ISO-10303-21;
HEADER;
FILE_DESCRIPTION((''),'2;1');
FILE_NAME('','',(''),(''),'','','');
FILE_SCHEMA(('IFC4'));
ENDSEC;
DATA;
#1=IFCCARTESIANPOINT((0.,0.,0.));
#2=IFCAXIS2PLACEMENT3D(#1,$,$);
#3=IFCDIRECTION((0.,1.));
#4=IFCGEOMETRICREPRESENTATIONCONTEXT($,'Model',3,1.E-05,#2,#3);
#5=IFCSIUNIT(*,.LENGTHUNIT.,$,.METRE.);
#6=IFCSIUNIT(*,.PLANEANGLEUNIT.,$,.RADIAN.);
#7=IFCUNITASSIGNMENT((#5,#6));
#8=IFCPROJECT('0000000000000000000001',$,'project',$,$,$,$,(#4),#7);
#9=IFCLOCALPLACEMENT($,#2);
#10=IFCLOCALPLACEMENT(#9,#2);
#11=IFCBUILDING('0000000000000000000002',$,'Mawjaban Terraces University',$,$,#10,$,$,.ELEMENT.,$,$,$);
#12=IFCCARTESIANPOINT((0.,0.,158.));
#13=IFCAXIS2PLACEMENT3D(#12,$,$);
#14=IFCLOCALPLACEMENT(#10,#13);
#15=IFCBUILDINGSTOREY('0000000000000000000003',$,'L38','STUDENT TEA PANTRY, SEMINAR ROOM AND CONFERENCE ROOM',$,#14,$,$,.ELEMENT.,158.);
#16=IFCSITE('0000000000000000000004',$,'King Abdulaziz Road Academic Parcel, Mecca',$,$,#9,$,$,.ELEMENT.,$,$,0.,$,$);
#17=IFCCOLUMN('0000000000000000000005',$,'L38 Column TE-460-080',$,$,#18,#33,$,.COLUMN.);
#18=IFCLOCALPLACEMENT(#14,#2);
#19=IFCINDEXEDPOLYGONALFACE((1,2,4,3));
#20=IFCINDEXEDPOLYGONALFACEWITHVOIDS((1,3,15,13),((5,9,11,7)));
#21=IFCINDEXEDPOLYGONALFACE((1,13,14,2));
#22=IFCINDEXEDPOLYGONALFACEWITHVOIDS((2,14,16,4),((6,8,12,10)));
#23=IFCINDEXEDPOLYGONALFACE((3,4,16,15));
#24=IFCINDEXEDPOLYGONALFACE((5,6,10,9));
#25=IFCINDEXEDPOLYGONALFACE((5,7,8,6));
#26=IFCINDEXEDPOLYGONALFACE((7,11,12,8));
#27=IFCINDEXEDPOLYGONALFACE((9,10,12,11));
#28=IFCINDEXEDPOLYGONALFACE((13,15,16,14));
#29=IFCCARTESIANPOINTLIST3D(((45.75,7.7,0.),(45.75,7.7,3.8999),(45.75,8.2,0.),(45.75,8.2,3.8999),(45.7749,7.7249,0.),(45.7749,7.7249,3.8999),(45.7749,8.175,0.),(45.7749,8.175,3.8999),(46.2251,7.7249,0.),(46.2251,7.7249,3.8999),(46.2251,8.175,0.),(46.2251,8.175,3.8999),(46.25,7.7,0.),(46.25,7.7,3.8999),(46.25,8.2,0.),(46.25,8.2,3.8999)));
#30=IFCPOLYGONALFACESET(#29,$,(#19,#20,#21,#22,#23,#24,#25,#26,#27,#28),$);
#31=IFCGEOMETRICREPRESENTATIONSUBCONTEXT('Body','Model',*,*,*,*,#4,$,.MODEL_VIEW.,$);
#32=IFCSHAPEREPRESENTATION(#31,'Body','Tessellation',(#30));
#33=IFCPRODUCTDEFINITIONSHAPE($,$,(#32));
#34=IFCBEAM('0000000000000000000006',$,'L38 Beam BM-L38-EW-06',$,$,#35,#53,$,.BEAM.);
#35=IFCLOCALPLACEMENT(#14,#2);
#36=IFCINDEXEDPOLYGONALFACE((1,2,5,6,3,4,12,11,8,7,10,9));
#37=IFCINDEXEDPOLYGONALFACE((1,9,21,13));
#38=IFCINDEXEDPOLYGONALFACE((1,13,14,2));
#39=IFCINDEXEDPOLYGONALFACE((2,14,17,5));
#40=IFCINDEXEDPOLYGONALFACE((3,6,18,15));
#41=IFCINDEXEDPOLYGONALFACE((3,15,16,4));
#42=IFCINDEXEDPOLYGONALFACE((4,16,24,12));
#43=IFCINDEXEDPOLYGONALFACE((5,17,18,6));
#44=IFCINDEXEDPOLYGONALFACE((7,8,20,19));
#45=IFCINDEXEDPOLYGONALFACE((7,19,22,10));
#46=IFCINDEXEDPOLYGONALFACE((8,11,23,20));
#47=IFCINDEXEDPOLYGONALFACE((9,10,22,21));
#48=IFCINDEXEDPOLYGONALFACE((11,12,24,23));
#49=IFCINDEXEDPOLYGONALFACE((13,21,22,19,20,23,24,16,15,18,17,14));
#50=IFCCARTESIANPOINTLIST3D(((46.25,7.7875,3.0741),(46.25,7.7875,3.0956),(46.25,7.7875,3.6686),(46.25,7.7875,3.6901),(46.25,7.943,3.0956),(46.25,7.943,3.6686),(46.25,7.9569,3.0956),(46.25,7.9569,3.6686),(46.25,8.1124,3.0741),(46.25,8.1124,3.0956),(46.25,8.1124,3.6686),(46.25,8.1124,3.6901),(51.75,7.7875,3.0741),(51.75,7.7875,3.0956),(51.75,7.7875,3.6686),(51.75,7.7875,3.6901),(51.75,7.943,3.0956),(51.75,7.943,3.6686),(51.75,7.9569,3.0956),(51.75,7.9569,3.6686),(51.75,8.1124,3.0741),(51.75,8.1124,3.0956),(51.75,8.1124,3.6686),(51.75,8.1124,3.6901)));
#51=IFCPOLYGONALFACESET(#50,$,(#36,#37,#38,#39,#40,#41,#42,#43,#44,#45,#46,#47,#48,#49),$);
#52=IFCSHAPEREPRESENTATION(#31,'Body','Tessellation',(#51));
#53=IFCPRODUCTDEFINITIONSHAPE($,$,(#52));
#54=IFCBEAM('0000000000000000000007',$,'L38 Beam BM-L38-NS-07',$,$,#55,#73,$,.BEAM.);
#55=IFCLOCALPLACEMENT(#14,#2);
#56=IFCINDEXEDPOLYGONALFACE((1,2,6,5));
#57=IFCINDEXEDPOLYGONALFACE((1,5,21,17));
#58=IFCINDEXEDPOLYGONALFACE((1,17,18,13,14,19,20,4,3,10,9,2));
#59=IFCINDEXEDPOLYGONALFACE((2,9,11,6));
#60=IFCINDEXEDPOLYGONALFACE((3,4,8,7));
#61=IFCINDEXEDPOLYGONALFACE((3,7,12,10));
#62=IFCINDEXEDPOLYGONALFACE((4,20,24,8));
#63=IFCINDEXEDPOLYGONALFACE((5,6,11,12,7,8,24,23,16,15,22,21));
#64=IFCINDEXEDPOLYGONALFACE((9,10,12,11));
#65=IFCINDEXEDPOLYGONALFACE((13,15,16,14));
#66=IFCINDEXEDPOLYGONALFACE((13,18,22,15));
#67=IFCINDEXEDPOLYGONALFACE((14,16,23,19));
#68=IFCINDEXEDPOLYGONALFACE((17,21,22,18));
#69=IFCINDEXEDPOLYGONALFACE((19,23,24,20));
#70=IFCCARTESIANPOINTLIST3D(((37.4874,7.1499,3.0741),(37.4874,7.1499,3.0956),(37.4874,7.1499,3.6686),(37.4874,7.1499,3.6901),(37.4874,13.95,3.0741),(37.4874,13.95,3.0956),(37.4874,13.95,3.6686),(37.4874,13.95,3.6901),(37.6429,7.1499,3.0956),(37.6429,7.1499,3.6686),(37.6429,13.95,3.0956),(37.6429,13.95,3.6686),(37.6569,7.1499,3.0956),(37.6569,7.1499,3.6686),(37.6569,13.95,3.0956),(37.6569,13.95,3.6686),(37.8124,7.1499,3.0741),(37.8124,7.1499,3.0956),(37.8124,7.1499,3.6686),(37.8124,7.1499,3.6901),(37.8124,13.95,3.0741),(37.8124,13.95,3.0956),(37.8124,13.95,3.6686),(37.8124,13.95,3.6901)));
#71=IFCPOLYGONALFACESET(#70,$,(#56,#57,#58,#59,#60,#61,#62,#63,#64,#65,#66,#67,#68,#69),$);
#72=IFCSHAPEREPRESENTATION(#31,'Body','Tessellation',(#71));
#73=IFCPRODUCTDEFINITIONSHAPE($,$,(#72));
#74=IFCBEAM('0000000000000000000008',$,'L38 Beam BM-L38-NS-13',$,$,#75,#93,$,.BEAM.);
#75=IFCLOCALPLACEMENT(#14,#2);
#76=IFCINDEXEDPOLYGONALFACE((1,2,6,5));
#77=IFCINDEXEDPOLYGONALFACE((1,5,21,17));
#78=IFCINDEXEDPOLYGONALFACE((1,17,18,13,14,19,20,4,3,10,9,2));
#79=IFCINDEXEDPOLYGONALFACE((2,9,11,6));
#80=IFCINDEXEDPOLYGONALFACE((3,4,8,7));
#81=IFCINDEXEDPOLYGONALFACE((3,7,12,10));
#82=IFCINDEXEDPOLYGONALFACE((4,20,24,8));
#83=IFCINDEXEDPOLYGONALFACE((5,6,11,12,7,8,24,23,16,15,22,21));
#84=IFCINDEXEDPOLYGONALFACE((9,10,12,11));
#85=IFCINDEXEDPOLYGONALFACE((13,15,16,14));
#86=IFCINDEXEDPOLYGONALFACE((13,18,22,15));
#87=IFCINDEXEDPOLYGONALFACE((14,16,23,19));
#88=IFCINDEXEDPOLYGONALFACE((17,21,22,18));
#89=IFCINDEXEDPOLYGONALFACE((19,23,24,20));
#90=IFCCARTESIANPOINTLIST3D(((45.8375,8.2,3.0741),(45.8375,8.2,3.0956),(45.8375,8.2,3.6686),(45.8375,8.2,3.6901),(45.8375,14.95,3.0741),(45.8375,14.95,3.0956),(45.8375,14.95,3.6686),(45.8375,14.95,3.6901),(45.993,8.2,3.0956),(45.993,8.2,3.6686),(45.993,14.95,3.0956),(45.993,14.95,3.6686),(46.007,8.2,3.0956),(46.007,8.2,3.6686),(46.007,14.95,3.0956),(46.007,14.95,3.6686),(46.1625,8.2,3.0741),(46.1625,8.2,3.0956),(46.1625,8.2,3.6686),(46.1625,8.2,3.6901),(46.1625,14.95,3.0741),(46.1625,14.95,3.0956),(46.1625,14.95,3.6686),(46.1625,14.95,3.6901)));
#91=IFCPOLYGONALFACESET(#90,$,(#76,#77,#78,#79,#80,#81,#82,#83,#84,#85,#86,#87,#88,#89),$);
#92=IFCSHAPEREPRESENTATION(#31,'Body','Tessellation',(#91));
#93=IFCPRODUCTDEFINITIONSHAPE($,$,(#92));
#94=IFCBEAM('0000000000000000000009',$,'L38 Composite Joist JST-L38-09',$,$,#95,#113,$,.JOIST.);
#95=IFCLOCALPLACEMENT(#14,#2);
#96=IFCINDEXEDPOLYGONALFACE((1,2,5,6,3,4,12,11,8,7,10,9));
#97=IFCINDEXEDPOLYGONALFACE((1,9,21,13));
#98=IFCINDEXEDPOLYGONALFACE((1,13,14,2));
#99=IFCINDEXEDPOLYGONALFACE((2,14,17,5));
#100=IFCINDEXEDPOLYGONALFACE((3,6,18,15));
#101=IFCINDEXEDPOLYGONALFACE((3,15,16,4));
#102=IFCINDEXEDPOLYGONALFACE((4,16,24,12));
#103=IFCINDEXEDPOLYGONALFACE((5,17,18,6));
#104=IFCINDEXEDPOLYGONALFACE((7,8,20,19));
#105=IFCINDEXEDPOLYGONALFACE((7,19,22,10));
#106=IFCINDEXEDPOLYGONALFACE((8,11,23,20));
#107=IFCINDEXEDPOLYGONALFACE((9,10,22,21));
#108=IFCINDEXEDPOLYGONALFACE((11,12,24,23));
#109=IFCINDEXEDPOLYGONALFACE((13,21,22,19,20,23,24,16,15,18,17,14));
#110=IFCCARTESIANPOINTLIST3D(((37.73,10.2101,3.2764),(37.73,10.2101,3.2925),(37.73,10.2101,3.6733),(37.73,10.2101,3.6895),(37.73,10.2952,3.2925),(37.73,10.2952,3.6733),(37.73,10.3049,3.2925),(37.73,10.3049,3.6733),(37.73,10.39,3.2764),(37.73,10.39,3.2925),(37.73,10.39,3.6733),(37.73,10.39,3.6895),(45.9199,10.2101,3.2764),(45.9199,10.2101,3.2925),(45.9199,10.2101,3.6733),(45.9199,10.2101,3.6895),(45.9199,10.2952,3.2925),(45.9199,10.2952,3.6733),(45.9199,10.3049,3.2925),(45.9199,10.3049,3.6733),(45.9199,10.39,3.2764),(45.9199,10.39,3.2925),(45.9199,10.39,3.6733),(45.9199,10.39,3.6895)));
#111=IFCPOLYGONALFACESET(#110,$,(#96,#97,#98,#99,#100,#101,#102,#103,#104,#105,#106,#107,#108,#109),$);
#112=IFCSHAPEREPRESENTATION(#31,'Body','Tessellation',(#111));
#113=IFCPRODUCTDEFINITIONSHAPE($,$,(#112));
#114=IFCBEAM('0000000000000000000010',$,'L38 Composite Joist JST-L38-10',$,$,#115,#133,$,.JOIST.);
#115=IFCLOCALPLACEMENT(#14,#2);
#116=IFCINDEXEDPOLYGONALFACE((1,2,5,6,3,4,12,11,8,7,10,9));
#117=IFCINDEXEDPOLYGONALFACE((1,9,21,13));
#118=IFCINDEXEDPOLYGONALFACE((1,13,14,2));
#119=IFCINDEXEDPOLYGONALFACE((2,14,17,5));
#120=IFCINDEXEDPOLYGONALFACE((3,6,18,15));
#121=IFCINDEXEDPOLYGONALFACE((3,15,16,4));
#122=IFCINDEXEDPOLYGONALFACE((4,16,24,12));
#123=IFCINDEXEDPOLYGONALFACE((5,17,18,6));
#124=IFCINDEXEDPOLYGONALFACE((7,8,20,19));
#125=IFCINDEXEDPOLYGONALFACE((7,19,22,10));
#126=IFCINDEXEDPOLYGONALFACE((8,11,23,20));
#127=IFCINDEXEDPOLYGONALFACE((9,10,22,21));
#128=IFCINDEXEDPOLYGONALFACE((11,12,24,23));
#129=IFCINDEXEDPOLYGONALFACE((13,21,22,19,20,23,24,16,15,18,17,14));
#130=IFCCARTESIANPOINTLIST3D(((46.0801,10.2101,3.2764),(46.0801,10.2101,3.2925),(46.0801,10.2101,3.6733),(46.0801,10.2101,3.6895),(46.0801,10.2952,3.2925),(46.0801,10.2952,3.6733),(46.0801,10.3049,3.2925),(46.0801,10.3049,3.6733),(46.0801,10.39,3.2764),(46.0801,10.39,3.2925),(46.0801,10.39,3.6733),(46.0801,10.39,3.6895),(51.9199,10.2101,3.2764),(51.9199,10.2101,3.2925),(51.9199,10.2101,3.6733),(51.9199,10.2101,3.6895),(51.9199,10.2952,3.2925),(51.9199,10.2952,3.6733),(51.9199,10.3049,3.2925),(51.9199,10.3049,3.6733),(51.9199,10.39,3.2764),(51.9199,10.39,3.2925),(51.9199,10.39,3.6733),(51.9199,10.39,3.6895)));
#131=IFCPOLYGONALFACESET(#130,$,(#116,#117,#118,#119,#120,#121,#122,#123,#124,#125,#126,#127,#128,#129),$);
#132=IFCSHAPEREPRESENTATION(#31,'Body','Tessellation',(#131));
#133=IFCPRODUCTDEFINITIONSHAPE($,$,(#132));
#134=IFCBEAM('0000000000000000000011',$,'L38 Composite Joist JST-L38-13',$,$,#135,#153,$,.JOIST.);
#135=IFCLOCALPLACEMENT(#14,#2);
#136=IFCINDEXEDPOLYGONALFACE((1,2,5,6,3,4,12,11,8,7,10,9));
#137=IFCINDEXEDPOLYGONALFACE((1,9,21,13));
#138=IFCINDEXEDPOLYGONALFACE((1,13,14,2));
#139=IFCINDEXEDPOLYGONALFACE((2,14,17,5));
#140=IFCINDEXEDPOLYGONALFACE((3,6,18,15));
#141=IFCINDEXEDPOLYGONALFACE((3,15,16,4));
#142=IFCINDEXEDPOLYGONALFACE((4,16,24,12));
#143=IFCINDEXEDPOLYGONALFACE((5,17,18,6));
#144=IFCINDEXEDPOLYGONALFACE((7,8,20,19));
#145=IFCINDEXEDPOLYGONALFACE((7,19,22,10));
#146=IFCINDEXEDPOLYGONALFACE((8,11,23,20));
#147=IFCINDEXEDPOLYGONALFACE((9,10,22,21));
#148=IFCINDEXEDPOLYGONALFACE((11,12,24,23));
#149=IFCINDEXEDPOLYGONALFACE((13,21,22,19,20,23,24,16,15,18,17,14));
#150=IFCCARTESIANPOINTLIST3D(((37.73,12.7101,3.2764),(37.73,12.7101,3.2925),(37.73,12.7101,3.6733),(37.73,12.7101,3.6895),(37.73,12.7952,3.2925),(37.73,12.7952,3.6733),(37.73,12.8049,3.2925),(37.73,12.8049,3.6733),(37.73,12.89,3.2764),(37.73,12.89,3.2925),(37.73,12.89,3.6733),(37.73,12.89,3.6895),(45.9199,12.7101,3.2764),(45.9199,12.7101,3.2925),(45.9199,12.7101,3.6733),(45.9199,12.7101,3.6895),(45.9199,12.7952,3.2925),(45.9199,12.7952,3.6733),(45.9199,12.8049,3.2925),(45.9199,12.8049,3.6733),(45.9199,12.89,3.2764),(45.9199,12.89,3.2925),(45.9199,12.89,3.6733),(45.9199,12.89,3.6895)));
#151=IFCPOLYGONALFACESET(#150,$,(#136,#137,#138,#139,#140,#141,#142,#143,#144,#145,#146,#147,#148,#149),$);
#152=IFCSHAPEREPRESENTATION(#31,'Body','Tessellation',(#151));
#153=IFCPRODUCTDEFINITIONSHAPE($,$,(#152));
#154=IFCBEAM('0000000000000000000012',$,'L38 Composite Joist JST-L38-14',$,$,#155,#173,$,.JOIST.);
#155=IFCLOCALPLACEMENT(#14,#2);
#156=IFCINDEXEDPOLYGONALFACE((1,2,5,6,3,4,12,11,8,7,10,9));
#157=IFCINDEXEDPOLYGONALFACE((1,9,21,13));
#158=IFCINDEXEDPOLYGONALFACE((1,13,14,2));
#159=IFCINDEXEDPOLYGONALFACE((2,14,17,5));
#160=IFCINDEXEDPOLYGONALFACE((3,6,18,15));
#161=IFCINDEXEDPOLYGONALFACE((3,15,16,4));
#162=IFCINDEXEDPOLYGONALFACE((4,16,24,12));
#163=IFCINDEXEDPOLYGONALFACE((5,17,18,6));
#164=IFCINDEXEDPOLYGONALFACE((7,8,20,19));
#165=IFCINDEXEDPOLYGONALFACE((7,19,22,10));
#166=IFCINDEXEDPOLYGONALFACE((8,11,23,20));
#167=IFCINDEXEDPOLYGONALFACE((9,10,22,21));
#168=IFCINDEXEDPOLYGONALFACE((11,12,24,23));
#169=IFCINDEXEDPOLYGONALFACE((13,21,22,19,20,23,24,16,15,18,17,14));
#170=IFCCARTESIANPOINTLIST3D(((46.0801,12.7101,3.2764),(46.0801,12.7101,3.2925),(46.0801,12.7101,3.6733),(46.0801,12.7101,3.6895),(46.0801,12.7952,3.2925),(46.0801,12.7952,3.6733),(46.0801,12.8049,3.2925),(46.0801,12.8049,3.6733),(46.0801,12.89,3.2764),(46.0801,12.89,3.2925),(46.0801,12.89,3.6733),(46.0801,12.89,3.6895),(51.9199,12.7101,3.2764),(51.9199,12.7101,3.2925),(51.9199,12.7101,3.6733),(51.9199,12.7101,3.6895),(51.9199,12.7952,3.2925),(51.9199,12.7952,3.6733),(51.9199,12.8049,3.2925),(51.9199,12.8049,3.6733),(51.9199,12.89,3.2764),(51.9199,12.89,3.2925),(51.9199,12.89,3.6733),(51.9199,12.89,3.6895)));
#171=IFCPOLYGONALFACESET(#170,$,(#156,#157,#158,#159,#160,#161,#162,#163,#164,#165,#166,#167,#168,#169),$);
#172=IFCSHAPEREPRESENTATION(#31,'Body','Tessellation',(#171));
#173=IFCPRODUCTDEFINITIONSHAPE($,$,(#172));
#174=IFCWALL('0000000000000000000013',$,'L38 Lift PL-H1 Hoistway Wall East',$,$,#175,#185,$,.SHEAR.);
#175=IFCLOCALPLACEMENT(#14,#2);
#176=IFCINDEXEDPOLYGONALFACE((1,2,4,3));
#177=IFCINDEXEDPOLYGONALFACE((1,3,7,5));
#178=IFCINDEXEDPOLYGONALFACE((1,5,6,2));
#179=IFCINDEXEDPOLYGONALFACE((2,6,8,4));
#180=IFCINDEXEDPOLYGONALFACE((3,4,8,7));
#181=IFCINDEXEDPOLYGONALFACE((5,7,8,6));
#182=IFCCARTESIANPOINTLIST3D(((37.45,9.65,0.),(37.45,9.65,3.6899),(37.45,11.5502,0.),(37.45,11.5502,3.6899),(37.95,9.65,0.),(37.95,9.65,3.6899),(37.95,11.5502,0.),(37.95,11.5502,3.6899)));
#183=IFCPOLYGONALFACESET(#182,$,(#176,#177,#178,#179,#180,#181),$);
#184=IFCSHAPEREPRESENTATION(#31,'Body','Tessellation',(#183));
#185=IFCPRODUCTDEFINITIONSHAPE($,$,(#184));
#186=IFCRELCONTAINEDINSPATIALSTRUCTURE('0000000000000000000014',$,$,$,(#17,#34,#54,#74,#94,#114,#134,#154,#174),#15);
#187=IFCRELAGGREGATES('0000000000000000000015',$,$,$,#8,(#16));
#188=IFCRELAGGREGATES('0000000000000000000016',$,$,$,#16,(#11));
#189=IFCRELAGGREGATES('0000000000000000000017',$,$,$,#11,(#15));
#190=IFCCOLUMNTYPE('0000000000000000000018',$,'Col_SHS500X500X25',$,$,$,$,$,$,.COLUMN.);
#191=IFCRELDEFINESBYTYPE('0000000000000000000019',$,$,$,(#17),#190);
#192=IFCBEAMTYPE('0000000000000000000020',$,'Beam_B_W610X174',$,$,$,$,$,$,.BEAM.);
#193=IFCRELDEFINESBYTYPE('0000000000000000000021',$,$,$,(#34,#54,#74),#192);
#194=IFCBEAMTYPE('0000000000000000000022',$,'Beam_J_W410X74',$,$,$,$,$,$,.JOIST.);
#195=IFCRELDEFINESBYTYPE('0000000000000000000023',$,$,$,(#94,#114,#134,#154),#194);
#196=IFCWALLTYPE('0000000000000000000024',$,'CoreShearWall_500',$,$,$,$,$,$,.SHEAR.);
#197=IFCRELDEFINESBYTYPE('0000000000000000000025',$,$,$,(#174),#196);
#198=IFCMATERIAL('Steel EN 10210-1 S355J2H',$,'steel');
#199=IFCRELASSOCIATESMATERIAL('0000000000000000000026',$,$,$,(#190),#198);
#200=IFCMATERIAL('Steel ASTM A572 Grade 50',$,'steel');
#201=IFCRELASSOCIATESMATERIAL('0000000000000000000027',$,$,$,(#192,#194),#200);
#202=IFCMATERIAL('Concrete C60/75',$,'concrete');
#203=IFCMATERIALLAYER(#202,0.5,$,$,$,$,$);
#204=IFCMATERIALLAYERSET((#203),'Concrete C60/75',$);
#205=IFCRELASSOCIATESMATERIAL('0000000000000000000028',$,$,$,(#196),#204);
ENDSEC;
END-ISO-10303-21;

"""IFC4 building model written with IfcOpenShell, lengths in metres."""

from ifc_helpers import new_model, si_unit, direction, frame, frame_2d, origin, origin_2d, place, context, subcontext, project, spatial, rectangle, hollow_rectangle, i_section, extrude, material, layer, layer_set, material_profile, profile_set, type_object, element, save


model = new_model("IFC4")

# Units and contexts
model_context = context("Model", 3, precision=1e-05, world=origin(), true_north=direction((0.0, 1.0)))
body_context = subcontext(model_context, "Body", "Model", "MODEL_VIEW")
ifc_project = project(units=[si_unit("LENGTHUNIT", "METRE"), si_unit("PLANEANGLEUNIT", "RADIAN")], contexts=[model_context])

# Site, building, storey
site_placement = place(None, origin())
site = spatial("IfcSite", under=ifc_project, at=site_placement, Name="King Abdulaziz Road Academic Parcel, Mecca", CompositionType="ELEMENT", RefElevation=0.0)
building_placement = place(site_placement, origin())
building = spatial("IfcBuilding", under=site, at=building_placement, Name="Mawjaban Terraces University", CompositionType="ELEMENT")
storey_placement = place(building_placement, frame((0.0, 0.0, 158.0)))
storey = spatial("IfcBuildingStorey", under=building, at=storey_placement, Name="L38", Description="STUDENT TEA PANTRY, SEMINAR ROOM AND CONFERENCE ROOM", CompositionType="ELEMENT", Elevation=158.0)

# Column
ifc_material_1 = material(Name="Steel EN 10210-1 S355J2H", Category="steel")
ifc_material_profile_1 = material_profile(ifc_material_1, hollow_rectangle(XDim=0.5, YDim=0.5, WallThickness=0.0249, at=origin_2d()), Name="SHS500X500X25")
ifc_profile_set_1 = profile_set([ifc_material_profile_1], Name="Steel EN 10210-1 S355J2H")
column_type = type_object("IfcColumnType", Name="Col_SHS500X500X25", PredefinedType="COLUMN", material=ifc_profile_set_1)
column_placement = place(storey_placement, frame((46.0, 7.95, 0.0), z_axis=(0.0, 0.0, 1.0), x_axis=(1.0, 0.0, 0.0)))
element("IfcColumn", 1, at=column_placement, inside=storey, type_object=column_type, Name="L38 Column TE-460-080", PredefinedType="COLUMN", context=body_context, shape_type="SweptSolid", body=[
    extrude(hollow_rectangle(XDim=0.5, YDim=0.5, WallThickness=0.0249, at=origin_2d()), origin(), (0.0, 0.0, 1.0), 3.8999),
])

# Beams
ifc_material_2 = material(Name="Steel ASTM A572 Grade 50", Category="steel")
ifc_material_profile_2 = material_profile(ifc_material_2, i_section(OverallWidth=0.325, OverallDepth=0.616, WebThickness=0.0139, FlangeThickness=0.0215, at=origin_2d()), Name="W610X174")
ifc_profile_set_2 = profile_set([ifc_material_profile_2], Name="Steel ASTM A572 Grade 50")
beam_type_1 = type_object("IfcBeamType", Name="Beam_B_W610X174", PredefinedType="BEAM", material=ifc_profile_set_2)
beam_1_placement = place(storey_placement, frame((46.25, 7.95, 3.3821), z_axis=(1.0, 0.0, 0.0), x_axis=(0.0, 1.0, 0.0)))
element("IfcBeam", 2, at=beam_1_placement, inside=storey, type_object=beam_type_1, Name="L38 Beam BM-L38-EW-06", PredefinedType="BEAM", context=body_context, shape_type="SweptSolid", body=[
    extrude(i_section(OverallWidth=0.325, OverallDepth=0.616, WebThickness=0.0139, FlangeThickness=0.0215, at=origin_2d()), origin(), (0.0, 0.0, 1.0), 5.5),
])
beam_2_placement = place(storey_placement, frame((37.6499, 7.1499, 3.3821), z_axis=(0.0, 1.0, 0.0), x_axis=(-1.0, 0.0, 0.0)))
element("IfcBeam", 3, at=beam_2_placement, inside=storey, type_object=beam_type_1, Name="L38 Beam BM-L38-NS-07", PredefinedType="BEAM", context=body_context, shape_type="SweptSolid", body=[
    extrude(i_section(OverallWidth=0.325, OverallDepth=0.616, WebThickness=0.0139, FlangeThickness=0.0215, at=origin_2d()), origin(), (0.0, 0.0, 1.0), 6.8),
])
beam_3_placement = place(storey_placement, frame((46.0, 8.2, 3.3821), z_axis=(0.0, 1.0, 0.0), x_axis=(-1.0, 0.0, 0.0)))
element("IfcBeam", 4, at=beam_3_placement, inside=storey, type_object=beam_type_1, Name="L38 Beam BM-L38-NS-13", PredefinedType="BEAM", context=body_context, shape_type="SweptSolid", body=[
    extrude(i_section(OverallWidth=0.325, OverallDepth=0.616, WebThickness=0.0139, FlangeThickness=0.0215, at=origin_2d()), origin(), (0.0, 0.0, 1.0), 6.75),
])
ifc_material_profile_3 = material_profile(ifc_material_2, i_section(OverallWidth=0.1799, OverallDepth=0.4131, WebThickness=0.0098, FlangeThickness=0.0161, at=origin_2d()), Name="W410X74")
ifc_profile_set_3 = profile_set([ifc_material_profile_3], Name="Steel ASTM A572 Grade 50")
beam_type_2 = type_object("IfcBeamType", Name="Beam_J_W410X74", PredefinedType="JOIST", material=ifc_profile_set_3)
beam_4_placement = place(storey_placement, frame((37.73, 10.3, 3.4829), z_axis=(1.0, 0.0, 0.0), x_axis=(0.0, 1.0, 0.0)))
element("IfcBeam", 5, at=beam_4_placement, inside=storey, type_object=beam_type_2, Name="L38 Composite Joist JST-L38-09", PredefinedType="JOIST", context=body_context, shape_type="SweptSolid", body=[
    extrude(i_section(OverallWidth=0.1799, OverallDepth=0.4131, WebThickness=0.0098, FlangeThickness=0.0161, at=origin_2d()), origin(), (0.0, 0.0, 1.0), 8.1899),
])
beam_5_placement = place(storey_placement, frame((46.0801, 10.3, 3.4829), z_axis=(1.0, 0.0, 0.0), x_axis=(0.0, 1.0, 0.0)))
element("IfcBeam", 6, at=beam_5_placement, inside=storey, type_object=beam_type_2, Name="L38 Composite Joist JST-L38-10", PredefinedType="JOIST", context=body_context, shape_type="SweptSolid", body=[
    extrude(i_section(OverallWidth=0.1799, OverallDepth=0.4131, WebThickness=0.0098, FlangeThickness=0.0161, at=origin_2d()), origin(), (0.0, 0.0, 1.0), 5.8398),
])
beam_6_placement = place(storey_placement, frame((37.73, 12.8, 3.4829), z_axis=(1.0, 0.0, 0.0), x_axis=(0.0, 1.0, 0.0)))
element("IfcBeam", 7, at=beam_6_placement, inside=storey, type_object=beam_type_2, Name="L38 Composite Joist JST-L38-13", PredefinedType="JOIST", context=body_context, shape_type="SweptSolid", body=[
    extrude(i_section(OverallWidth=0.1799, OverallDepth=0.4131, WebThickness=0.0098, FlangeThickness=0.0161, at=origin_2d()), origin(), (0.0, 0.0, 1.0), 8.1899),
])
beam_7_placement = place(storey_placement, frame((46.0801, 12.8, 3.4829), z_axis=(1.0, 0.0, 0.0), x_axis=(0.0, 1.0, 0.0)))
element("IfcBeam", 8, at=beam_7_placement, inside=storey, type_object=beam_type_2, Name="L38 Composite Joist JST-L38-14", PredefinedType="JOIST", context=body_context, shape_type="SweptSolid", body=[
    extrude(i_section(OverallWidth=0.1799, OverallDepth=0.4131, WebThickness=0.0098, FlangeThickness=0.0161, at=origin_2d()), origin(), (0.0, 0.0, 1.0), 5.8398),
])

# Wall
ifc_material_3 = material(Name="Concrete C60/75", Category="concrete")
ifc_layer_1 = layer(ifc_material_3, 0.5)
ifc_layer_set_1 = layer_set([ifc_layer_1], Name="Concrete C60/75")
wall_type_1 = type_object("IfcWallType", Name="CoreShearWall_500", PredefinedType="SHEAR", material=ifc_layer_set_1)
wall_1_placement = place(storey_placement, frame((37.7, 9.6499, 0.0), z_axis=(0.0, 0.0, 1.0), x_axis=(0.0, 1.0, 0.0)))
element("IfcWall", 9, at=wall_1_placement, inside=storey, type_object=wall_type_1, Name="L38 Lift PL-H1 Hoistway Wall East", PredefinedType="SHEAR", context=body_context, shape_type="SweptSolid", body=[
    extrude(rectangle(XDim=1.9001, YDim=0.5, at=frame_2d((0.9502, 0.0))), origin(), (0.0, 0.0, 1.0), 3.6899),
])

save(model, "model.ifc")
